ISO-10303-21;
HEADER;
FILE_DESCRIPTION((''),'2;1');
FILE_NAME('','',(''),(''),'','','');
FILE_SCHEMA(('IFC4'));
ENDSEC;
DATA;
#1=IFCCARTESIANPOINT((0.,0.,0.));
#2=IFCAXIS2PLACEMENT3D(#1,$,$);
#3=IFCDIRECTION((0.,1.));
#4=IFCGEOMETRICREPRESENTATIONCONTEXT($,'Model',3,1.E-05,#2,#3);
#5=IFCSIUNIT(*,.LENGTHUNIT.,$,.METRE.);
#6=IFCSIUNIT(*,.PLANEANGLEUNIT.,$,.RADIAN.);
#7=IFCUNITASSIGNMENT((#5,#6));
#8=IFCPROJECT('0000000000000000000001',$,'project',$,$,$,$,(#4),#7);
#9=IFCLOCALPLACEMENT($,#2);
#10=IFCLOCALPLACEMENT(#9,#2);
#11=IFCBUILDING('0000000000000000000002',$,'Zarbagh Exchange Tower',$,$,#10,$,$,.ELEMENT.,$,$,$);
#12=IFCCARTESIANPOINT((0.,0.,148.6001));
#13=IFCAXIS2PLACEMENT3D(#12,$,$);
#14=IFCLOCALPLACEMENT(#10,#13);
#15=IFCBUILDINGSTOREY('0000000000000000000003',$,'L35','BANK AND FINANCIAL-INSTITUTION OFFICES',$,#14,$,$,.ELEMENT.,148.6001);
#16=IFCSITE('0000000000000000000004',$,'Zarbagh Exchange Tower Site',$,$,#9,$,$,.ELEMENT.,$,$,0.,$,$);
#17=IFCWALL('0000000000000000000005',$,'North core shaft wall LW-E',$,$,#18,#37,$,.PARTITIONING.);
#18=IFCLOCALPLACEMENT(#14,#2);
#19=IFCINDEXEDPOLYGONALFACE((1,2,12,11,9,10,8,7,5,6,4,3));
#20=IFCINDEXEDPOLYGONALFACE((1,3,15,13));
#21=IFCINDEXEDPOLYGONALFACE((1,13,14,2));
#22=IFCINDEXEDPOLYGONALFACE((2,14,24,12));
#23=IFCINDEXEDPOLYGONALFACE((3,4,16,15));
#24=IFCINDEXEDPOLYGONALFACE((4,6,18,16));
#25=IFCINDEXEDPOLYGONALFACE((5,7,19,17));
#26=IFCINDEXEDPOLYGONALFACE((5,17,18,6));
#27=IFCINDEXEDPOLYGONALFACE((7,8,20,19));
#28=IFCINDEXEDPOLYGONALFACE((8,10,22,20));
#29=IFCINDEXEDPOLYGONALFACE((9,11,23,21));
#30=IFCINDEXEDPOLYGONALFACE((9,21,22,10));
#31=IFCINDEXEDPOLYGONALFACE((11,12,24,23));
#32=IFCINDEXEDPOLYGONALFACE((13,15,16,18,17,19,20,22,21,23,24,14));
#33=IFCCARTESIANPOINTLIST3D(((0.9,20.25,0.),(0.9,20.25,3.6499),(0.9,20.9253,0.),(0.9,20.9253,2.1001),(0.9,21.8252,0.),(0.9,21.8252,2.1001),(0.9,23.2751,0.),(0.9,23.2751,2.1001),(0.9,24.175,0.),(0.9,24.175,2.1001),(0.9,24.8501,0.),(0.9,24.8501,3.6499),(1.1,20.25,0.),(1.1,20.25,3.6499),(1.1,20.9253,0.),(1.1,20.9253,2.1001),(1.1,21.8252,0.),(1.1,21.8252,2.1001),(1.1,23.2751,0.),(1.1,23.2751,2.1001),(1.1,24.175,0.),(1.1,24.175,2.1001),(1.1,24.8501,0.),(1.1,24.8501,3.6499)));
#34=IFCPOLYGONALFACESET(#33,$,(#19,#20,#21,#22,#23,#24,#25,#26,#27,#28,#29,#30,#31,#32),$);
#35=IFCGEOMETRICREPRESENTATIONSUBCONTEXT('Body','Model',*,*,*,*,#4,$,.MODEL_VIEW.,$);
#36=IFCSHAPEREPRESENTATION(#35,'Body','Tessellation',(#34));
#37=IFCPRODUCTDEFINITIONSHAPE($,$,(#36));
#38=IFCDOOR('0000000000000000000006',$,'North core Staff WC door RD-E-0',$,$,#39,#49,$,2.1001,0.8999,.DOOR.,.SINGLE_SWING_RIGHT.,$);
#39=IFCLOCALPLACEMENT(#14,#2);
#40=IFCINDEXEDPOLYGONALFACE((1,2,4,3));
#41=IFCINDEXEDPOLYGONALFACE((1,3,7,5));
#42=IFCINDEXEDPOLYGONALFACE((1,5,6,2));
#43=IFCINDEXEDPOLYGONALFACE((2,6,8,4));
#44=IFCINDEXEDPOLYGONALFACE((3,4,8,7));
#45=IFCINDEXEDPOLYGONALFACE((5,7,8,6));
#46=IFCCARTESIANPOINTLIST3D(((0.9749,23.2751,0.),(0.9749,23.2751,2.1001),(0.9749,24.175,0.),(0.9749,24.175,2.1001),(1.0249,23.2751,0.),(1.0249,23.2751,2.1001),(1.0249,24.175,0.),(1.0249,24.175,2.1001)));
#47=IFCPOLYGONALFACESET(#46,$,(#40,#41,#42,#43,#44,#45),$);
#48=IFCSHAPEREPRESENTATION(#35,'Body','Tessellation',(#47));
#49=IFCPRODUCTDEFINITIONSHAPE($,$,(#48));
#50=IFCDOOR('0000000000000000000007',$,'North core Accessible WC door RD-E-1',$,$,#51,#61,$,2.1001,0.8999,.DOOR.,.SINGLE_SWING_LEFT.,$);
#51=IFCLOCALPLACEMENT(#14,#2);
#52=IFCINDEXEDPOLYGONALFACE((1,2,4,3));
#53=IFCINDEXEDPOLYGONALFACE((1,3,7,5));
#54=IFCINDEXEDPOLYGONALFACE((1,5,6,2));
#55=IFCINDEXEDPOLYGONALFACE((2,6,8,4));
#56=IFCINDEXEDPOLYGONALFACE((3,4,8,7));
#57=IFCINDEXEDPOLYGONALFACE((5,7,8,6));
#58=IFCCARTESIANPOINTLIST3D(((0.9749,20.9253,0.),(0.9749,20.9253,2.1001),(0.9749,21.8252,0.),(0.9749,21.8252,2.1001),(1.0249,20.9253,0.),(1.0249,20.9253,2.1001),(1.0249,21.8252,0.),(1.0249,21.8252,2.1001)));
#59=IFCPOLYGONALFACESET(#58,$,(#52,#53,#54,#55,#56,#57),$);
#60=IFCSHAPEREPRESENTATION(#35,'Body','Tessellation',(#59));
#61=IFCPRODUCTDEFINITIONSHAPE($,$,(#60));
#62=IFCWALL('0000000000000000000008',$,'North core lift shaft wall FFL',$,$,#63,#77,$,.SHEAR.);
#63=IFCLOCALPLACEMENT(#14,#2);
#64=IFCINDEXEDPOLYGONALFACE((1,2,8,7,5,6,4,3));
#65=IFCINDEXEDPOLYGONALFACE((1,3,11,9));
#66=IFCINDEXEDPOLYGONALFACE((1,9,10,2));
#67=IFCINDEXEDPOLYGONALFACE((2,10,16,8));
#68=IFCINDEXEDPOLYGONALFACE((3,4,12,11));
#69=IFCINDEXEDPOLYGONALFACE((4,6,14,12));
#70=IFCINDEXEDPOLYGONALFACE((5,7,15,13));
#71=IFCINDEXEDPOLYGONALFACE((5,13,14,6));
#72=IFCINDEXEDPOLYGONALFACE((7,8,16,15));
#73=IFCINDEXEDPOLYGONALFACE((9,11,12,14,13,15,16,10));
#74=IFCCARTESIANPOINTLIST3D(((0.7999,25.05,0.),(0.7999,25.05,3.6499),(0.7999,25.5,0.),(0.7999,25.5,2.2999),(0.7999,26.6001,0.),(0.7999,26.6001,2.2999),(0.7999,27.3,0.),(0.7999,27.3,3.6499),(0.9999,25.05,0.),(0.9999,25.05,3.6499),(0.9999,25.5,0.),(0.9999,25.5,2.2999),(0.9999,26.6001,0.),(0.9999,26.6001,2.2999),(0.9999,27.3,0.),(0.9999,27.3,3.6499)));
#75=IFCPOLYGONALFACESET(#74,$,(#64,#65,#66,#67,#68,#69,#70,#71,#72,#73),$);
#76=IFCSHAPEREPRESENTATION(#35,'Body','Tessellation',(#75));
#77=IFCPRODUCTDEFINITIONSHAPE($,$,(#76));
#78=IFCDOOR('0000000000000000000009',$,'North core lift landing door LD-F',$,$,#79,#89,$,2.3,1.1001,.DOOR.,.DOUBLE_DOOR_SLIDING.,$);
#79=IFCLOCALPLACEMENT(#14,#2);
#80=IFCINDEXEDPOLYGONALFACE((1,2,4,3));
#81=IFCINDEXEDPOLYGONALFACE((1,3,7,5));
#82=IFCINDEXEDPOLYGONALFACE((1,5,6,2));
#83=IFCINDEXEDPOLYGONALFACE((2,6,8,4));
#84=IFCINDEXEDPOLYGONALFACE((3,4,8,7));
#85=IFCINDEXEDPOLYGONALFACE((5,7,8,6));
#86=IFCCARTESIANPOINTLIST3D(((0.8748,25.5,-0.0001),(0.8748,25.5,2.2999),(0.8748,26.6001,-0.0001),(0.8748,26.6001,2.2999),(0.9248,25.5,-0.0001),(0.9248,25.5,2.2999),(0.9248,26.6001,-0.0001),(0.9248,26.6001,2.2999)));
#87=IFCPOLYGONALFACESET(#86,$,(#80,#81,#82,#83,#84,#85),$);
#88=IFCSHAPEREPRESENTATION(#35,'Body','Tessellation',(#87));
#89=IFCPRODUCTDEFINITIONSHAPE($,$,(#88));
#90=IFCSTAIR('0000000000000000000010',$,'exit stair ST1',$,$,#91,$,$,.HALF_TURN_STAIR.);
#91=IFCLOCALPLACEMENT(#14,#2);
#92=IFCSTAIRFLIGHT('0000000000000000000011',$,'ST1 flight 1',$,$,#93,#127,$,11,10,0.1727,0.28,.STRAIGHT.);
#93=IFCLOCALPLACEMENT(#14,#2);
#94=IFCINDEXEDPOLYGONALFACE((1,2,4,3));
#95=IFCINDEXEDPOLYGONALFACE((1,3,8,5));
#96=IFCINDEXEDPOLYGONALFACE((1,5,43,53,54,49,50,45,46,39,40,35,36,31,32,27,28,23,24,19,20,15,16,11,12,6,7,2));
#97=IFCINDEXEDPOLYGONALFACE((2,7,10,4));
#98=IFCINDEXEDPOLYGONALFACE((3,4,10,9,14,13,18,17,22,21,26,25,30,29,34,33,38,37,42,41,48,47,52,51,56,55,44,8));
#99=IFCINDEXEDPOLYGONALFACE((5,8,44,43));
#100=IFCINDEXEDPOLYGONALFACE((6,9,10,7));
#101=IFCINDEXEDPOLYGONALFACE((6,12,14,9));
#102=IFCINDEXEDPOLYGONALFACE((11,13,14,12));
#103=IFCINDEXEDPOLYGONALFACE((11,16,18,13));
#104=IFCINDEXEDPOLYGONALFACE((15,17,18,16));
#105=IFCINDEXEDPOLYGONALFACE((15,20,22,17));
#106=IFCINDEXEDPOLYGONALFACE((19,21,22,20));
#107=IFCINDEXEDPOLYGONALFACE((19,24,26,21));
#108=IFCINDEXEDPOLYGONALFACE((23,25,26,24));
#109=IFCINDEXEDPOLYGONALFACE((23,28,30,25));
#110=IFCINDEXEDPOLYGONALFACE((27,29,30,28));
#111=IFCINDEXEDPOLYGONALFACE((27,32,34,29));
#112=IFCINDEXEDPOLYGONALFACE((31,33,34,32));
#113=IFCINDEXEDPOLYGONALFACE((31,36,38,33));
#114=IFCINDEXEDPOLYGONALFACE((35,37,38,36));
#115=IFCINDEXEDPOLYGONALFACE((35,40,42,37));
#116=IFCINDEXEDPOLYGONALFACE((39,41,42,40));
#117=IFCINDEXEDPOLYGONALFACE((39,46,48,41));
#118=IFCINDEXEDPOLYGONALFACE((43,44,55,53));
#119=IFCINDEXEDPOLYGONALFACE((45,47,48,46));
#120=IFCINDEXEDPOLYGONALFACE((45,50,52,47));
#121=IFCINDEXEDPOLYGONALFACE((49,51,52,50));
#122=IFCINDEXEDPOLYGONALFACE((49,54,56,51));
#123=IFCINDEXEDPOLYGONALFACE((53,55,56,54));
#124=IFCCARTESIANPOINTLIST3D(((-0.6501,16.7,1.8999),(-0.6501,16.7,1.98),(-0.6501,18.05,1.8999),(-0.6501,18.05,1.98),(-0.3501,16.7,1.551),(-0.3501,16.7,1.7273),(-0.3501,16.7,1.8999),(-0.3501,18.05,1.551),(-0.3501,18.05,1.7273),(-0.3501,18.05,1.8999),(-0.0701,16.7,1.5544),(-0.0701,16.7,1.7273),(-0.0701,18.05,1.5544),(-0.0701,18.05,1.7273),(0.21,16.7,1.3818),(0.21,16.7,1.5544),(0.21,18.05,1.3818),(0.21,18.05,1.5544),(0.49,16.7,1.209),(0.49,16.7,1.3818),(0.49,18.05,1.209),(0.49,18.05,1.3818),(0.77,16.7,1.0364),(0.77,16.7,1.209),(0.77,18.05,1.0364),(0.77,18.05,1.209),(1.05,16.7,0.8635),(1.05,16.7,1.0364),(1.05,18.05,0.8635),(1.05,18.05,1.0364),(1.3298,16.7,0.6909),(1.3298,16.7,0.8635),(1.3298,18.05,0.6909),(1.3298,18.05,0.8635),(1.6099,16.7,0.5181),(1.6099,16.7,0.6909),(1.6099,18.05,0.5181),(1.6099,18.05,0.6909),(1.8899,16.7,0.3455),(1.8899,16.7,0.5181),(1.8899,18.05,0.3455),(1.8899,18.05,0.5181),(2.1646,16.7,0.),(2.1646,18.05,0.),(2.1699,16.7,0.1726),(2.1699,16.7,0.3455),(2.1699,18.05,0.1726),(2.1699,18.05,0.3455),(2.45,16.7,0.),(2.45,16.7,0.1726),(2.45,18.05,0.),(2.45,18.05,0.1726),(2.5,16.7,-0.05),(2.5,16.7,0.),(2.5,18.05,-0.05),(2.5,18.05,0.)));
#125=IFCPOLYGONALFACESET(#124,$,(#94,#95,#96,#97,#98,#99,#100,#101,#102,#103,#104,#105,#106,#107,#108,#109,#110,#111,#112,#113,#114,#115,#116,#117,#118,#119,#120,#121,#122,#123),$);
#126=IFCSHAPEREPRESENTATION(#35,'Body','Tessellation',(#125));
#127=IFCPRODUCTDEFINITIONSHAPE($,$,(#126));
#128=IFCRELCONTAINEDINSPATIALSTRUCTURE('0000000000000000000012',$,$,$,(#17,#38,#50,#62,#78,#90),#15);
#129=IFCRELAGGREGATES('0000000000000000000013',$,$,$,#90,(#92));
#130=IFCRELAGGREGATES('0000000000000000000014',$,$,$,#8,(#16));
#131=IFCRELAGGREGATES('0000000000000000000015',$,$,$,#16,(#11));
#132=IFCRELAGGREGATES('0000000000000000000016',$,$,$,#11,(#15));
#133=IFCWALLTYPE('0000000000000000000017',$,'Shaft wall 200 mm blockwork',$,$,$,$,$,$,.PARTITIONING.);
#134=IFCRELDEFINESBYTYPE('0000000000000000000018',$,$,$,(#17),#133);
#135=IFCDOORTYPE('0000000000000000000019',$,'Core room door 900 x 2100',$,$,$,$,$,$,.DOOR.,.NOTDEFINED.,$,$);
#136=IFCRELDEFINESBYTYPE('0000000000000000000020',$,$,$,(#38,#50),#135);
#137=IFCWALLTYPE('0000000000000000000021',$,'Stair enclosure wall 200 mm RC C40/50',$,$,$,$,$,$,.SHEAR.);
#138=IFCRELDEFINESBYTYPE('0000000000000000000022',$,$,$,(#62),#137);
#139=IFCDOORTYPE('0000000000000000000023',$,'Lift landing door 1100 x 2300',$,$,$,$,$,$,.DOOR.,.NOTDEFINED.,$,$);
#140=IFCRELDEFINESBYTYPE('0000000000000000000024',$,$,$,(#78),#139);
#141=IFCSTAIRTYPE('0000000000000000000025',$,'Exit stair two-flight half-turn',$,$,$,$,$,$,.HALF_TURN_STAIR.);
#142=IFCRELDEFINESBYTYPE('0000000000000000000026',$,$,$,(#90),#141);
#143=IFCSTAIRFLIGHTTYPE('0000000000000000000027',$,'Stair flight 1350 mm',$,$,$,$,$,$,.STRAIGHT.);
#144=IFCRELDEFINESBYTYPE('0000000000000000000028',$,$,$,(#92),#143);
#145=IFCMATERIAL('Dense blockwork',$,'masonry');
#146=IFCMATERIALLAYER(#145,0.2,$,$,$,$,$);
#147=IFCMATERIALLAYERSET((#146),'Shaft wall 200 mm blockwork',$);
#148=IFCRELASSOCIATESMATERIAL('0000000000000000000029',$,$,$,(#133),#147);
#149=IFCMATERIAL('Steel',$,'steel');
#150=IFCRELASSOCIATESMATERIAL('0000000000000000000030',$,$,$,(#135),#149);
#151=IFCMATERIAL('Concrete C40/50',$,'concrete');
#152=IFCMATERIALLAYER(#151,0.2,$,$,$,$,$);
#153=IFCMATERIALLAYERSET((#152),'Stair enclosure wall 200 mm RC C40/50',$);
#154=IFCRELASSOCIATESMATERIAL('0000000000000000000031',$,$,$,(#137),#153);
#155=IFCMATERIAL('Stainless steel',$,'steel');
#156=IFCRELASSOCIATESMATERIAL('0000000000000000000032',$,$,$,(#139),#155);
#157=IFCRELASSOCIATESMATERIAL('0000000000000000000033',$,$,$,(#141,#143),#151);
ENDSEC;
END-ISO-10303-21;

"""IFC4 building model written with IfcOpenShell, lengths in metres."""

from ifc_helpers import new_model, si_unit, direction, frame, frame_2d, origin, place, context, subcontext, project, spatial, polyline, rectangle, outline, extrude, material, layer, layer_set, type_object, element, fill, aggregate, save


model = new_model("IFC4")

# Units and contexts
model_context = context("Model", 3, precision=1e-05, world=origin(), true_north=direction((0.0, 1.0)))
body_context = subcontext(model_context, "Body", "Model", "MODEL_VIEW")
ifc_project = project(units=[si_unit("LENGTHUNIT", "METRE"), si_unit("PLANEANGLEUNIT", "RADIAN")], contexts=[model_context])

# Site, building, storey
site_placement = place(None, origin())
site = spatial("IfcSite", under=ifc_project, at=site_placement, Name="Zarbagh Exchange Tower Site", CompositionType="ELEMENT", RefElevation=0.0)
building_placement = place(site_placement, origin())
building = spatial("IfcBuilding", under=site, at=building_placement, Name="Zarbagh Exchange Tower", CompositionType="ELEMENT")
storey_placement = place(building_placement, frame((0.0, 0.0, 148.6001)))
storey = spatial("IfcBuildingStorey", under=building, at=storey_placement, Name="L35", Description="BANK AND FINANCIAL-INSTITUTION OFFICES", CompositionType="ELEMENT", Elevation=148.6001)

# Shared definitions
ifc_material_1 = material(Name="Dense blockwork", Category="masonry")

# Shared definitions
ifc_material_2 = material(Name="Steel", Category="steel")

# Shared definitions
ifc_layer_1 = layer(ifc_material_1, 0.2)
ifc_layer_set_1 = layer_set([ifc_layer_1], Name="Shaft wall 200 mm blockwork")
wall_type_1 = type_object("IfcWallType", Name="Shaft wall 200 mm blockwork", PredefinedType="PARTITIONING", material=ifc_layer_set_1)

# Wall, openings, doors
wall_1_placement = place(storey_placement, frame((1.0, 24.8501, 0.0), z_axis=(0.0, 0.0, 1.0), x_axis=(0.0, -1.0, 0.0)))
wall_1 = element("IfcWall", 1, at=wall_1_placement, inside=storey, type_object=wall_type_1, Name="North core shaft wall LW-E", PredefinedType="PARTITIONING", context=body_context, shape_type="SweptSolid", body=[
    extrude(rectangle(XDim=4.6001, YDim=0.2, at=frame_2d((2.3, 0.0))), origin(), (0.0, 0.0, 1.0), 3.6499),
])
opening_1_placement = place(wall_1_placement, frame((0.675, 0.0, 0.0)))
opening_1 = element("IfcOpeningElement", 2, at=opening_1_placement, cuts=wall_1, PredefinedType="OPENING", context=body_context, shape_type="SweptSolid", body=[
    extrude(rectangle(XDim=0.8999, YDim=2.1001, at=frame_2d((0.45, 1.05))), frame((0.0, 0.1099, 0.0), z_axis=(0.0, -1.0, 0.0), x_axis=(1.0, 0.0, 0.0)), (0.0, 0.0, 1.0), 0.22),
])
opening_2_placement = place(wall_1_placement, frame((3.0249, 0.0, 0.0)))
opening_2 = element("IfcOpeningElement", 3, at=opening_2_placement, cuts=wall_1, PredefinedType="OPENING", context=body_context, shape_type="SweptSolid", body=[
    extrude(rectangle(XDim=0.8999, YDim=2.1001, at=frame_2d((0.45, 1.05))), frame((0.0, 0.1099, 0.0), z_axis=(0.0, -1.0, 0.0), x_axis=(1.0, 0.0, 0.0)), (0.0, 0.0, 1.0), 0.22),
])
door_type_1 = type_object("IfcDoorType", Name="Core room door 900 x 2100", OperationType="NOTDEFINED", PredefinedType="DOOR", material=ifc_material_2)
door_1_placement = place(opening_1_placement, origin())
door_1 = element("IfcDoor", 4, at=door_1_placement, inside=storey, type_object=door_type_1, Name="North core Staff WC door RD-E-0", OperationType="SINGLE_SWING_RIGHT", OverallHeight=2.1001, OverallWidth=0.8999, PredefinedType="DOOR", context=body_context, shape_type="SweptSolid", body=[
    extrude(rectangle(XDim=0.8999, YDim=2.1001, at=frame_2d((0.45, 1.05))), frame((0.0, 0.0249, 0.0), z_axis=(0.0, -1.0, 0.0), x_axis=(1.0, 0.0, 0.0)), (0.0, 0.0, 1.0), 0.05),
])
fill(opening_1, door_1)
door_2_placement = place(opening_2_placement, origin())
door_2 = element("IfcDoor", 5, at=door_2_placement, inside=storey, type_object=door_type_1, Name="North core Accessible WC door RD-E-1", OperationType="SINGLE_SWING_LEFT", OverallHeight=2.1001, OverallWidth=0.8999, PredefinedType="DOOR", context=body_context, shape_type="SweptSolid", body=[
    extrude(rectangle(XDim=0.8999, YDim=2.1001, at=frame_2d((0.45, 1.05))), frame((0.0, 0.0249, 0.0), z_axis=(0.0, -1.0, 0.0), x_axis=(1.0, 0.0, 0.0)), (0.0, 0.0, 1.0), 0.05),
])
fill(opening_2, door_2)

# Wall, opening, door
ifc_material_3 = material(Name="Concrete C40/50", Category="concrete")
ifc_layer_2 = layer(ifc_material_3, 0.2)
ifc_layer_set_2 = layer_set([ifc_layer_2], Name="Stair enclosure wall 200 mm RC C40/50")
wall_type_2 = type_object("IfcWallType", Name="Stair enclosure wall 200 mm RC C40/50", PredefinedType="SHEAR", material=ifc_layer_set_2)
wall_2_placement = place(storey_placement, frame((0.8999, 27.3, 0.0), z_axis=(0.0, 0.0, 1.0), x_axis=(0.0, -1.0, 0.0)))
wall_2 = element("IfcWall", 6, at=wall_2_placement, inside=storey, type_object=wall_type_2, Name="North core lift shaft wall FFL", PredefinedType="SHEAR", context=body_context, shape_type="SweptSolid", body=[
    extrude(rectangle(XDim=2.25, YDim=0.2, at=frame_2d((1.125, 0.0))), origin(), (0.0, 0.0, 1.0), 3.6499),
])
opening_3_placement = place(wall_2_placement, frame((0.7, 0.0, 0.0)))
opening_3 = element("IfcOpeningElement", 7, at=opening_3_placement, cuts=wall_2, PredefinedType="OPENING", context=body_context, shape_type="SweptSolid", body=[
    extrude(rectangle(XDim=1.1001, YDim=2.3, at=frame_2d((0.55, 1.1499))), frame((0.0, 0.1099, 0.0), z_axis=(0.0, -1.0, 0.0), x_axis=(1.0, 0.0, 0.0)), (0.0, 0.0, 1.0), 0.22),
])
ifc_material_4 = material(Name="Stainless steel", Category="steel")
door_type_2 = type_object("IfcDoorType", Name="Lift landing door 1100 x 2300", OperationType="NOTDEFINED", PredefinedType="DOOR", material=ifc_material_4)
door_3_placement = place(opening_3_placement, origin())
door_3 = element("IfcDoor", 8, at=door_3_placement, inside=storey, type_object=door_type_2, Name="North core lift landing door LD-F", OperationType="DOUBLE_DOOR_SLIDING", OverallHeight=2.3, OverallWidth=1.1001, PredefinedType="DOOR", context=body_context, shape_type="SweptSolid", body=[
    extrude(rectangle(XDim=1.1001, YDim=2.3, at=frame_2d((0.55, 1.1499))), frame((0.0, 0.0249, 0.0), z_axis=(0.0, -1.0, 0.0), x_axis=(1.0, 0.0, 0.0)), (0.0, 0.0, 1.0), 0.05),
])
fill(opening_3, door_3)

# Stair, stair flight
stair_type = type_object("IfcStairType", Name="Exit stair two-flight half-turn", PredefinedType="HALF_TURN_STAIR", material=ifc_material_3)
stair_placement = place(storey_placement, origin())
stair = element("IfcStair", 9, at=stair_placement, inside=storey, type_object=stair_type, Name="exit stair ST1", PredefinedType="HALF_TURN_STAIR")
stair_flight_type = type_object("IfcStairFlightType", Name="Stair flight 1350 mm", PredefinedType="STRAIGHT", material=ifc_material_3)
stair_flight_placement = place(storey_placement, frame((2.45, 17.375, 0.0), z_axis=(0.0, 0.0, 1.0), x_axis=(-1.0, 0.0, 0.0)))
stair_flight = element("IfcStairFlight", 10, at=stair_flight_placement, type_object=stair_flight_type, Name="ST1 flight 1", NumberOfRisers=11, NumberOfTreads=10, PredefinedType="STRAIGHT", RiserHeight=0.1727, TreadLength=0.28, context=body_context, shape_type="SweptSolid", body=[
    extrude(outline(polyline([(-0.05, -0.05), (-0.05, 0.0), (0.0, 0.0), (0.0, 0.1726), (0.28, 0.1726), (0.28, 0.3455), (0.5601, 0.3455), (0.5601, 0.5181), (0.8401, 0.5181), (0.8401, 0.6909), (1.1201, 0.6909), (1.1201, 0.8635), (1.3999, 0.8635), (1.3999, 1.0364), (1.6799, 1.0364), (1.6799, 1.209), (1.96, 1.209), (1.96, 1.3818), (2.24, 1.3818), (2.24, 1.5544), (2.52, 1.5544), (2.52, 1.7273), (2.8, 1.7273), (2.8, 1.8999), (3.1001, 1.98), (3.1001, 1.8999), (2.8, 1.551), (0.2854, 0.0), (-0.05, -0.05)])), frame((0.0, 0.675, 0.0), z_axis=(0.0, -1.0, 0.0), x_axis=(1.0, 0.0, 0.0)), (0.0, 0.0, 1.0), 1.3501),
])
aggregate(stair, [stair_flight])

save(model, "model.ifc")
